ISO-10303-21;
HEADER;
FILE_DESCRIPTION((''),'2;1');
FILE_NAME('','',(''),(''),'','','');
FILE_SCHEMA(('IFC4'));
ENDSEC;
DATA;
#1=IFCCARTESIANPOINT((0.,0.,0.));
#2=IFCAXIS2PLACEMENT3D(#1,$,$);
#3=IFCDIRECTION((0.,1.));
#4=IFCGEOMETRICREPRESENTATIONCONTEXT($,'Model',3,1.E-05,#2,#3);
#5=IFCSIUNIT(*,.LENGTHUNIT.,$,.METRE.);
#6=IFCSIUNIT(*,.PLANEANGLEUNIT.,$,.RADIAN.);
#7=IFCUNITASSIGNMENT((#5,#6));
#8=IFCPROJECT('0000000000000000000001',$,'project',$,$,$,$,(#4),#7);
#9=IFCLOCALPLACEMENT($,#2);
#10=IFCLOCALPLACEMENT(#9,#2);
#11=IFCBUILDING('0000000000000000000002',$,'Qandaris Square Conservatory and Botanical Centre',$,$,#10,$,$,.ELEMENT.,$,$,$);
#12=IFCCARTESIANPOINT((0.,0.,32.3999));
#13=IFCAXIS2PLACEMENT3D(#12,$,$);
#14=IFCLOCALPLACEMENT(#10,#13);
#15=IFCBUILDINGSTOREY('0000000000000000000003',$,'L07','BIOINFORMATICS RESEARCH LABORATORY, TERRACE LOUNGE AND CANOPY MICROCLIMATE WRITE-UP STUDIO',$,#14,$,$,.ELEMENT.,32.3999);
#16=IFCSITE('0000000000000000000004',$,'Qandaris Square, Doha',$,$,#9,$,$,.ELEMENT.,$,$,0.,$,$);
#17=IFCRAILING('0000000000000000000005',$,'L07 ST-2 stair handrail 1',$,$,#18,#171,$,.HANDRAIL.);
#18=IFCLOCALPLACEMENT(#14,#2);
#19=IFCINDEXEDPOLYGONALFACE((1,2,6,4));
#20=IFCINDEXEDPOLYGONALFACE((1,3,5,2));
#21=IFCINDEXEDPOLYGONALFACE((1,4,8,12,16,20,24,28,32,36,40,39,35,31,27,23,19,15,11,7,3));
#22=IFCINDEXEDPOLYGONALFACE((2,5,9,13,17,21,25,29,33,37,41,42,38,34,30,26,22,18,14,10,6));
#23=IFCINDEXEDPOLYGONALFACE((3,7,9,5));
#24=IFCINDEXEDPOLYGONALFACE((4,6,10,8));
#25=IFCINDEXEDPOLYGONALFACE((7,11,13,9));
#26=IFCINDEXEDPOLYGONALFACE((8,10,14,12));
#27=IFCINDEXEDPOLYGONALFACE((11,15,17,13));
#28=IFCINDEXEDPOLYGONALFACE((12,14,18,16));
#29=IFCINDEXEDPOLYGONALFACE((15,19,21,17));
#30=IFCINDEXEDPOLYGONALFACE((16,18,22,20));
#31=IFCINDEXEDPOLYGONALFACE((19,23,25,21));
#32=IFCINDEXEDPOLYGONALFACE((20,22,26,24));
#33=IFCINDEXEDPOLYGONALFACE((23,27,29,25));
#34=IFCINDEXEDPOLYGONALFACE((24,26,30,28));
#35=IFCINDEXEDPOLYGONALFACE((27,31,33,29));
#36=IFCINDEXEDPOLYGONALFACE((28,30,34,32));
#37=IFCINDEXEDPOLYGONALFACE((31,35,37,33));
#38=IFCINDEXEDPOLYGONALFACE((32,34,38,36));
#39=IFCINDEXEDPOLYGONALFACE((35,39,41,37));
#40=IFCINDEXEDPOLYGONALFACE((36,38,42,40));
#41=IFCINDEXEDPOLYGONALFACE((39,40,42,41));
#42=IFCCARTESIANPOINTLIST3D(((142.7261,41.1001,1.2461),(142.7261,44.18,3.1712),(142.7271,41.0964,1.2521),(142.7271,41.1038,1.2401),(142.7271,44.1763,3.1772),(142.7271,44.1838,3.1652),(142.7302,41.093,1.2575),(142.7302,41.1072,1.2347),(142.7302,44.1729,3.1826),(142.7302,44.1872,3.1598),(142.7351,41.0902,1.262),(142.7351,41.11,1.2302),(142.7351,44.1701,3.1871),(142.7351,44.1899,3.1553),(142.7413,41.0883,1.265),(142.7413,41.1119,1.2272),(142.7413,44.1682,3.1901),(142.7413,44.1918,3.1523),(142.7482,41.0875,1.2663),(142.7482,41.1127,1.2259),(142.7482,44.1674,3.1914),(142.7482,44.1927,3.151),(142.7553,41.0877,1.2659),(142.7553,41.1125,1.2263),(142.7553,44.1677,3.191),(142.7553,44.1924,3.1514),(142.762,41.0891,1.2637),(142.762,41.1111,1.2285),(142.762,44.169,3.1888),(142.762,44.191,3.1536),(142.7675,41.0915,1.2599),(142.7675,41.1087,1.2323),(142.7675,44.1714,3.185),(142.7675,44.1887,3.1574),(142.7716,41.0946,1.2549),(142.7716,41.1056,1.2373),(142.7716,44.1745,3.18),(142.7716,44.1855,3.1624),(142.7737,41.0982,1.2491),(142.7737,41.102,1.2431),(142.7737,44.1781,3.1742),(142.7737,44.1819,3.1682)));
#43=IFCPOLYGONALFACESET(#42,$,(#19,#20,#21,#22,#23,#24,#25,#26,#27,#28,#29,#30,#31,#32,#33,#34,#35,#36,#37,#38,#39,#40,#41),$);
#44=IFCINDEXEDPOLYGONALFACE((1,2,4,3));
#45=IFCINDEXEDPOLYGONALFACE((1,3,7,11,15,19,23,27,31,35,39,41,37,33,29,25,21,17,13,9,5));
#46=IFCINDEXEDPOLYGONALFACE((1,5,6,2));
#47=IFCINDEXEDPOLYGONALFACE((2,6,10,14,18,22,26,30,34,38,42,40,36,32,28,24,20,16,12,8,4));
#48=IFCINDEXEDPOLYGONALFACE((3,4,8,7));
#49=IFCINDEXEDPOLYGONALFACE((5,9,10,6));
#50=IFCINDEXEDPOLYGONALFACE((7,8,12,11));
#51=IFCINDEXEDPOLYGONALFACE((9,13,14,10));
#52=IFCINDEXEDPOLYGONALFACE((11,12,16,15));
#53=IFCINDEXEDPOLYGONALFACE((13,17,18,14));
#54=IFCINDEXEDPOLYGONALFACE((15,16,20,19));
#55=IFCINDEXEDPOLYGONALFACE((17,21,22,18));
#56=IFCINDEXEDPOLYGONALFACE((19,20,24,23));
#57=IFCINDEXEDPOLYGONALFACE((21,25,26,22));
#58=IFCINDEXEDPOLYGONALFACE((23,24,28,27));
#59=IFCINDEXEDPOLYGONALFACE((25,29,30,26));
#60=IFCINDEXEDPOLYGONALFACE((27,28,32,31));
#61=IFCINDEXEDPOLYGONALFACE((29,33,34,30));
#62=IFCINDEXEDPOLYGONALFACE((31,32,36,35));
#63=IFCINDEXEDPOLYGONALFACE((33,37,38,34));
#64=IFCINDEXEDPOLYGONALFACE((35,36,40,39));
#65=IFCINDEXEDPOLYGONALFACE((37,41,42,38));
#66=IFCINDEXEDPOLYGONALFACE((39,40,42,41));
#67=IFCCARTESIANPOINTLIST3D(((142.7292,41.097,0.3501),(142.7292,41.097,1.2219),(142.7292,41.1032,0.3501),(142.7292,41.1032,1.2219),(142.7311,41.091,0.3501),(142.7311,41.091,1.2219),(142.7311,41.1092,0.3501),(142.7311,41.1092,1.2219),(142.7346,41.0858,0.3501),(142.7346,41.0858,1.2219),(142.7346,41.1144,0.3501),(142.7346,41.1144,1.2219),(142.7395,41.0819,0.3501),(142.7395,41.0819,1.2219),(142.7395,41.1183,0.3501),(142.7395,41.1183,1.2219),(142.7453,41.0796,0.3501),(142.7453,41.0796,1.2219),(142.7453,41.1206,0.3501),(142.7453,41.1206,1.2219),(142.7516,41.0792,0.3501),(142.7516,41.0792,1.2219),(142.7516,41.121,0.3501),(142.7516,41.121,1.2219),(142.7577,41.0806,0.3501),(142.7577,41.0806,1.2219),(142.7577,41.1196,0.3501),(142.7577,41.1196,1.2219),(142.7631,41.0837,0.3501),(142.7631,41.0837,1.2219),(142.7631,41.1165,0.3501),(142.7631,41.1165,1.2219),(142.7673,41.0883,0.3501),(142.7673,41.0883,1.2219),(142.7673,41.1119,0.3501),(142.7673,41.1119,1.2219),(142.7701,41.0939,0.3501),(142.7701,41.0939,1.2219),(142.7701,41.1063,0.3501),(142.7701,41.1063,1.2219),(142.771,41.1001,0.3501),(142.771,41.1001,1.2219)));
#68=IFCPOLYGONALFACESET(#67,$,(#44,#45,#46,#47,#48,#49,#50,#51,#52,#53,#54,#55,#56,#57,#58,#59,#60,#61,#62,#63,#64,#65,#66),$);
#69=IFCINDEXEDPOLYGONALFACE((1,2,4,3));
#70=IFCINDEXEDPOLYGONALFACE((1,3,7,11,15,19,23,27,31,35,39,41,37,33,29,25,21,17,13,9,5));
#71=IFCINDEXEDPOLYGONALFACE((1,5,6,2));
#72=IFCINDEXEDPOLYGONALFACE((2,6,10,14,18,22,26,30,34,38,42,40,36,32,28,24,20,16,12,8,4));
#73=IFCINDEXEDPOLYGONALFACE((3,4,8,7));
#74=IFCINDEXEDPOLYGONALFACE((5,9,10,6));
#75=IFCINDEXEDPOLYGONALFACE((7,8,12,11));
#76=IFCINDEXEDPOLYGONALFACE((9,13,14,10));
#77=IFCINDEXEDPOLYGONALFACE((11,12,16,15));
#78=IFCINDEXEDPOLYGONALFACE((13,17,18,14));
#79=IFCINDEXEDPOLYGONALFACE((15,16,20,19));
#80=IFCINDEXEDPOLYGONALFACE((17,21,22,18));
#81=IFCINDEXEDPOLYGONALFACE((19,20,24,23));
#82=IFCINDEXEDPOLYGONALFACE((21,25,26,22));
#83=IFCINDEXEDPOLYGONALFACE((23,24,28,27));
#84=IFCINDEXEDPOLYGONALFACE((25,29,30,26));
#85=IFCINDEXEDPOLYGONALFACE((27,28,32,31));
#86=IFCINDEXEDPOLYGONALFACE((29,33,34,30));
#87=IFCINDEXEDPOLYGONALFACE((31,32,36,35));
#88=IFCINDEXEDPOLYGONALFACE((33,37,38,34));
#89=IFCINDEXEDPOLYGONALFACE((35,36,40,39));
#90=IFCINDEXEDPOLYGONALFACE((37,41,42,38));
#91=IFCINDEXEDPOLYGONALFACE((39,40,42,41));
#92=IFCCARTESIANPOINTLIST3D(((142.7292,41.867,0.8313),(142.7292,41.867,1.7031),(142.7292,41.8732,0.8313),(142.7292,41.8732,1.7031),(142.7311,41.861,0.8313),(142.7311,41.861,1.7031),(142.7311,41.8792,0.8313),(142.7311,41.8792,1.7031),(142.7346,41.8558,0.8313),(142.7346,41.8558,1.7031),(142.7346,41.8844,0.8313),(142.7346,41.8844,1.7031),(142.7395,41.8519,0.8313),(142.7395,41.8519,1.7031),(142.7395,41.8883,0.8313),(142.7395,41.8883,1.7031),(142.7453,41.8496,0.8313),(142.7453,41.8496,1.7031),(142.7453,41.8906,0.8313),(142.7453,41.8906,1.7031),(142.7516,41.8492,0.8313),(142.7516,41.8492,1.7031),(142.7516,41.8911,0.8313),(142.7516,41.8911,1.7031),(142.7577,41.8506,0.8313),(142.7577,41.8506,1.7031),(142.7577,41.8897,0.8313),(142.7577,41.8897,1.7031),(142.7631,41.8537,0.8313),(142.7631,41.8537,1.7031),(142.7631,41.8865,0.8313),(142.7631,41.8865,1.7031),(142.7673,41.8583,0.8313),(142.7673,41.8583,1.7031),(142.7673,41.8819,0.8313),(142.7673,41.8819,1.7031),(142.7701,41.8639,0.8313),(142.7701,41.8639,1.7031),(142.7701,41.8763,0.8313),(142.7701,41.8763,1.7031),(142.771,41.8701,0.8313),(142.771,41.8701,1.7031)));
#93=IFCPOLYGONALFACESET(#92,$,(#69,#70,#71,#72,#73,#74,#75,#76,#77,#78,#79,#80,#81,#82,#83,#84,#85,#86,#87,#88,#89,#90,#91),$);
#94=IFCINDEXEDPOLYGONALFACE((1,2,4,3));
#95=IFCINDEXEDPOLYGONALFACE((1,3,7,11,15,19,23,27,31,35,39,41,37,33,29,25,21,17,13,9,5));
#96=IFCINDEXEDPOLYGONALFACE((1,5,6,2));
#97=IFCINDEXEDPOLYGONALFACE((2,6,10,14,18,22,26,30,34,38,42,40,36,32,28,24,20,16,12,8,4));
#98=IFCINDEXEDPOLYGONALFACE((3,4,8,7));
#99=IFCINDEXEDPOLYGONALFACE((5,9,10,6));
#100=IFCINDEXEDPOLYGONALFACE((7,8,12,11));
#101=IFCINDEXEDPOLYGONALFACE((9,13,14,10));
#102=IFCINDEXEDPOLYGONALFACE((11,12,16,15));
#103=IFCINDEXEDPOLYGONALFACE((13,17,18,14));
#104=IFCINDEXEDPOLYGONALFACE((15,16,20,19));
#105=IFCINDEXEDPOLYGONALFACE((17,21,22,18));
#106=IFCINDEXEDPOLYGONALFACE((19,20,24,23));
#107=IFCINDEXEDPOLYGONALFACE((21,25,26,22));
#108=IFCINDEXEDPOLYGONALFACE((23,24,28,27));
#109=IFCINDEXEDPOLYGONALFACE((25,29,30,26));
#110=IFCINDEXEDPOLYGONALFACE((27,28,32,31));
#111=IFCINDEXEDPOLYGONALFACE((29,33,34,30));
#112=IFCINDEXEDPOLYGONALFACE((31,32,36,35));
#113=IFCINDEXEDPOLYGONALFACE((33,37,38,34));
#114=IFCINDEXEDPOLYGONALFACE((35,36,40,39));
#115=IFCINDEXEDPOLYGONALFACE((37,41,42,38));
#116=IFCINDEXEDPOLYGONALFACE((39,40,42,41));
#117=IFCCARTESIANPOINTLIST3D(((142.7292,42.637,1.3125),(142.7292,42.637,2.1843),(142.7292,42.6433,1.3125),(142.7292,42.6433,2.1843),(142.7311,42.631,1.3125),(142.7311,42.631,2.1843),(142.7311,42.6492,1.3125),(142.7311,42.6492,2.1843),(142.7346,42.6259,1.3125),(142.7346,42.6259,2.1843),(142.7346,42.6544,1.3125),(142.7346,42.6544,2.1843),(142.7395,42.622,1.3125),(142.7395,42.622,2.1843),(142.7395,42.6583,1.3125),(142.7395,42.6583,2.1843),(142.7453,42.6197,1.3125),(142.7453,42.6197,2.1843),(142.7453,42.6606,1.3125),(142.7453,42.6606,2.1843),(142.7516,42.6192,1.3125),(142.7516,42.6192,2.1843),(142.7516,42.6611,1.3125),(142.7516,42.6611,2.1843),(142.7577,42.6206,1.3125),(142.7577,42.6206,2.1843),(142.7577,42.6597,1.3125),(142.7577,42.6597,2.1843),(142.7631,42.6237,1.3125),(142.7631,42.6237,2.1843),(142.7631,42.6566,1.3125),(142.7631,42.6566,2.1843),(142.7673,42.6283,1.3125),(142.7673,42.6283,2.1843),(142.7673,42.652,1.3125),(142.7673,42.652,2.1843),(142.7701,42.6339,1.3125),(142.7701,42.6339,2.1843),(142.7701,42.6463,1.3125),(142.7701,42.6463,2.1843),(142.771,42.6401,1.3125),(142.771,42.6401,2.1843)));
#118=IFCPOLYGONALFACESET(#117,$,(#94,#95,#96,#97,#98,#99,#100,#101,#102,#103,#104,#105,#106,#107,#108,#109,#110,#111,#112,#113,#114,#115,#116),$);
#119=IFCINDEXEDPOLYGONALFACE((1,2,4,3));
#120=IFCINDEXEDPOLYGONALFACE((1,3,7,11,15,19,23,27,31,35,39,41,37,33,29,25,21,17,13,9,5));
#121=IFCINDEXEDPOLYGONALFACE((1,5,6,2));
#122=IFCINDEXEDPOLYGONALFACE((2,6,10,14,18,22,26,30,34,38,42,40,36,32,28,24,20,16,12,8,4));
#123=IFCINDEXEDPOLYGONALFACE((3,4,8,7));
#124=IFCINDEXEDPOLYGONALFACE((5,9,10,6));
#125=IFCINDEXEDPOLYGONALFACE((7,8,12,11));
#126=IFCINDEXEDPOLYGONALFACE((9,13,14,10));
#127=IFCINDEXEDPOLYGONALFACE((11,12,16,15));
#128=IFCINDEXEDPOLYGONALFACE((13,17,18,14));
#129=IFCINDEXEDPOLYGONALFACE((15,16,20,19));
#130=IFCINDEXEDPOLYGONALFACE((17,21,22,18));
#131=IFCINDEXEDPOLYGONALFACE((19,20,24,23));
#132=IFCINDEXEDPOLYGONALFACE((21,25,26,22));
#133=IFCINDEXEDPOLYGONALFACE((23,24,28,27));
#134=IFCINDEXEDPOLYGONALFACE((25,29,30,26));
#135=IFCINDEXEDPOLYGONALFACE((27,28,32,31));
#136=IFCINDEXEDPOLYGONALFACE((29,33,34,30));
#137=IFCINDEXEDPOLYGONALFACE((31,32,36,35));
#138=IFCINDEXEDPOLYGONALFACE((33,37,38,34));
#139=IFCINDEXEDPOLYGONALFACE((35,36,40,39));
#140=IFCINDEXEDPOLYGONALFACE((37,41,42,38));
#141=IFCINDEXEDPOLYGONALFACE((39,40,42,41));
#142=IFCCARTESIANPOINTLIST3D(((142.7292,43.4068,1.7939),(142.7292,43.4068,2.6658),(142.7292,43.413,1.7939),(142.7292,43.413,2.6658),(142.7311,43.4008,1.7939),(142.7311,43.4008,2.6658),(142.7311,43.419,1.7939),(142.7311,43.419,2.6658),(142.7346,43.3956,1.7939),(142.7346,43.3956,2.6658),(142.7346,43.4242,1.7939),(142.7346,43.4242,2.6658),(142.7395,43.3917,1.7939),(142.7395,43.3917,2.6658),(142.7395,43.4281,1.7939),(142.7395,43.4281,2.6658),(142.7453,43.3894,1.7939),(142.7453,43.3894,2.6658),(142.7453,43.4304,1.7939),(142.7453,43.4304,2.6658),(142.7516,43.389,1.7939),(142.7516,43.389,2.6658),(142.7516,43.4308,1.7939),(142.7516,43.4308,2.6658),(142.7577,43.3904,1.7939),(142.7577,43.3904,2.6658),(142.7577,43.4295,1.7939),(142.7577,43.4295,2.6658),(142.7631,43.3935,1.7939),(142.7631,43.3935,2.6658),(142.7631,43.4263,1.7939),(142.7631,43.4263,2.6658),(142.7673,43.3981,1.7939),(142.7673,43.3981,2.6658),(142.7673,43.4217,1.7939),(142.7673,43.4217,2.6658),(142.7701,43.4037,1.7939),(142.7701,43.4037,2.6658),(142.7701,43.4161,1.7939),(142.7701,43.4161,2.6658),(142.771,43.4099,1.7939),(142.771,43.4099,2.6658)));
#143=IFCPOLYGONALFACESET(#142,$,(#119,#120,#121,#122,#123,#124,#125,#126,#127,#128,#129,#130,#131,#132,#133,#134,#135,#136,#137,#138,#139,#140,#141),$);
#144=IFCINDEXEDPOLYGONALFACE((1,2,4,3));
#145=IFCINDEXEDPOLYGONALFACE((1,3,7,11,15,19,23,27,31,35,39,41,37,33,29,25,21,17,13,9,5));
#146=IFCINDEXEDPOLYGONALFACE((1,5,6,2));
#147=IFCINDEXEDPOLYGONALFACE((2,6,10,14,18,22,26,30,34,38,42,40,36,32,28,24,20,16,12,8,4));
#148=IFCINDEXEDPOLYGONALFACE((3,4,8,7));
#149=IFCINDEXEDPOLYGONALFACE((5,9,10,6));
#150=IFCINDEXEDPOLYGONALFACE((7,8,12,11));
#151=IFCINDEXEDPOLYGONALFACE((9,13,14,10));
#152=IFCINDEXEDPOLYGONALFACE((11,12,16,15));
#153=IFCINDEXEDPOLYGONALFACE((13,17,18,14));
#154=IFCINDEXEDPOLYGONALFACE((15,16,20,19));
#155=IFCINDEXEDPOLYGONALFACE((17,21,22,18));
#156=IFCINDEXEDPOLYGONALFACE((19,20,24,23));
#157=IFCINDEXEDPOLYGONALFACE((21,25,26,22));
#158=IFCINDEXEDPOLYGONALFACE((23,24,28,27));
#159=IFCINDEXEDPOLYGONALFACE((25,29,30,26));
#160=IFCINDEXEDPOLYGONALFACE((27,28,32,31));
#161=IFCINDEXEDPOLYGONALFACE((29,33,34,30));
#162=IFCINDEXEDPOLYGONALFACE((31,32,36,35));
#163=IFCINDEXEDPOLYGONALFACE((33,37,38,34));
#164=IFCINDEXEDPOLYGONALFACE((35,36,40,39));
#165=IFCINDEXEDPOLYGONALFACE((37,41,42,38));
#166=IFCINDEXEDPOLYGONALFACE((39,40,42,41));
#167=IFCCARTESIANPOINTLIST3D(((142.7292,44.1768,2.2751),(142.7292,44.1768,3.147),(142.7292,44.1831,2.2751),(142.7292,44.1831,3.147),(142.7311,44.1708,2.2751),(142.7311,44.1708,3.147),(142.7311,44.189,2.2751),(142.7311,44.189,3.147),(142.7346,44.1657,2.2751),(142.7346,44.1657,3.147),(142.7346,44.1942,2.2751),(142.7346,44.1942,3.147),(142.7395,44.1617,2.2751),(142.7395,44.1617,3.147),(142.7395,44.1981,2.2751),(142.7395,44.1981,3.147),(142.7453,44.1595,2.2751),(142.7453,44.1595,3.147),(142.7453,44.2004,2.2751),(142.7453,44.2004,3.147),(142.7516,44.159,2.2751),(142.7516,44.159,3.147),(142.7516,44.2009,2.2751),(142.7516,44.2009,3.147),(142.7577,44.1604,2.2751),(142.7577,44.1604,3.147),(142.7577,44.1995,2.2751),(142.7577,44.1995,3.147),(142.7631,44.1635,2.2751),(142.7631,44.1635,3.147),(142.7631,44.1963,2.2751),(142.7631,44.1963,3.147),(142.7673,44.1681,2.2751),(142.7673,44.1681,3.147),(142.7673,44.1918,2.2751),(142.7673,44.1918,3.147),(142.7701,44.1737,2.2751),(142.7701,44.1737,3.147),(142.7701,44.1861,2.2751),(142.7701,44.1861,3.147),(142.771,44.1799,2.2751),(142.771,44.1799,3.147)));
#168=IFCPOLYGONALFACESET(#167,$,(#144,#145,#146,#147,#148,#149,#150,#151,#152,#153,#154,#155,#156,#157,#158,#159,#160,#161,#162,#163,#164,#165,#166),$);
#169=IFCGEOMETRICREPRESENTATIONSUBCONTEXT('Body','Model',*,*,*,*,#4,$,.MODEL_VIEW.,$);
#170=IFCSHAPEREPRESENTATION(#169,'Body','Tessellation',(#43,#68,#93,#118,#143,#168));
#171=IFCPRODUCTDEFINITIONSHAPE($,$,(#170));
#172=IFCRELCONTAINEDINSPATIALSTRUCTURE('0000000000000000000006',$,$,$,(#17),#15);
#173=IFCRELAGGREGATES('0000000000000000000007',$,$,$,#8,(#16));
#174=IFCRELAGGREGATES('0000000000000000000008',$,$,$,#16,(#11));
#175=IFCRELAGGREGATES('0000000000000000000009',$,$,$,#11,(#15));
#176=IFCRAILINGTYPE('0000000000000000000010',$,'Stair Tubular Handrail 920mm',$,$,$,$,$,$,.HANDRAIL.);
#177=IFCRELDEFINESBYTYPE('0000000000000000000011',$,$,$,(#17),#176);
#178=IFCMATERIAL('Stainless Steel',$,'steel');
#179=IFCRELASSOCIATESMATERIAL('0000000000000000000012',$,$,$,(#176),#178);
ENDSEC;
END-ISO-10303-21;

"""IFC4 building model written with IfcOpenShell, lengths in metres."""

from ifc_helpers import new_model, si_unit, direction, frame, origin, origin_2d, place, context, subcontext, project, spatial, circle, extrude, material, type_object, element, save


model = new_model("IFC4")

# Units and contexts
model_context = context("Model", 3, precision=1e-05, world=origin(), true_north=direction((0.0, 1.0)))
body_context = subcontext(model_context, "Body", "Model", "MODEL_VIEW")
ifc_project = project(units=[si_unit("LENGTHUNIT", "METRE"), si_unit("PLANEANGLEUNIT", "RADIAN")], contexts=[model_context])

# Site, building, storey
site_placement = place(None, origin())
site = spatial("IfcSite", under=ifc_project, at=site_placement, Name="Qandaris Square, Doha", CompositionType="ELEMENT", RefElevation=0.0)
building_placement = place(site_placement, origin())
building = spatial("IfcBuilding", under=site, at=building_placement, Name="Qandaris Square Conservatory and Botanical Centre", CompositionType="ELEMENT")
storey_placement = place(building_placement, frame((0.0, 0.0, 32.3999)))
storey = spatial("IfcBuildingStorey", under=building, at=storey_placement, Name="L07", Description="BIOINFORMATICS RESEARCH LABORATORY, TERRACE LOUNGE AND CANOPY MICROCLIMATE WRITE-UP STUDIO", CompositionType="ELEMENT", Elevation=32.3999)

# Railing
ifc_material_1 = material(Name="Stainless Steel", Category="steel")
railing_type_1 = type_object("IfcRailingType", Name="Stair Tubular Handrail 920mm", PredefinedType="HANDRAIL", material=ifc_material_1)
railing_1_placement = place(storey_placement, frame((142.75, 41.1001, 0.3501)))
element("IfcRailing", 1, at=railing_1_placement, inside=storey, type_object=railing_type_1, Name="L07 ST-2 stair handrail 1", PredefinedType="HANDRAIL", context=body_context, shape_type="SweptSolid", body=[
    extrude(circle(Radius=0.0239, at=origin_2d()), frame((0.0, 0.0, 0.896), z_axis=(0.0, 0.847979, 0.530029), x_axis=(-1.0, 0.0, 0.0)), (0.0, 0.0, 1.0), 3.6321),
    extrude(circle(Radius=0.021, at=origin_2d()), origin(), (0.0, 0.0, 1.0), 0.8718),
    extrude(circle(Radius=0.021, at=origin_2d()), frame((0.0, 0.77, 0.4812)), (0.0, 0.0, 1.0), 0.8718),
    extrude(circle(Radius=0.021, at=origin_2d()), frame((0.0, 1.54, 0.9624)), (0.0, 0.0, 1.0), 0.8718),
    extrude(circle(Radius=0.021, at=origin_2d()), frame((0.0, 2.3098, 1.4438)), (0.0, 0.0, 1.0), 0.8718),
    extrude(circle(Radius=0.021, at=origin_2d()), frame((0.0, 3.0798, 1.925)), (0.0, 0.0, 1.0), 0.8718),
])

save(model, "model.ifc")
